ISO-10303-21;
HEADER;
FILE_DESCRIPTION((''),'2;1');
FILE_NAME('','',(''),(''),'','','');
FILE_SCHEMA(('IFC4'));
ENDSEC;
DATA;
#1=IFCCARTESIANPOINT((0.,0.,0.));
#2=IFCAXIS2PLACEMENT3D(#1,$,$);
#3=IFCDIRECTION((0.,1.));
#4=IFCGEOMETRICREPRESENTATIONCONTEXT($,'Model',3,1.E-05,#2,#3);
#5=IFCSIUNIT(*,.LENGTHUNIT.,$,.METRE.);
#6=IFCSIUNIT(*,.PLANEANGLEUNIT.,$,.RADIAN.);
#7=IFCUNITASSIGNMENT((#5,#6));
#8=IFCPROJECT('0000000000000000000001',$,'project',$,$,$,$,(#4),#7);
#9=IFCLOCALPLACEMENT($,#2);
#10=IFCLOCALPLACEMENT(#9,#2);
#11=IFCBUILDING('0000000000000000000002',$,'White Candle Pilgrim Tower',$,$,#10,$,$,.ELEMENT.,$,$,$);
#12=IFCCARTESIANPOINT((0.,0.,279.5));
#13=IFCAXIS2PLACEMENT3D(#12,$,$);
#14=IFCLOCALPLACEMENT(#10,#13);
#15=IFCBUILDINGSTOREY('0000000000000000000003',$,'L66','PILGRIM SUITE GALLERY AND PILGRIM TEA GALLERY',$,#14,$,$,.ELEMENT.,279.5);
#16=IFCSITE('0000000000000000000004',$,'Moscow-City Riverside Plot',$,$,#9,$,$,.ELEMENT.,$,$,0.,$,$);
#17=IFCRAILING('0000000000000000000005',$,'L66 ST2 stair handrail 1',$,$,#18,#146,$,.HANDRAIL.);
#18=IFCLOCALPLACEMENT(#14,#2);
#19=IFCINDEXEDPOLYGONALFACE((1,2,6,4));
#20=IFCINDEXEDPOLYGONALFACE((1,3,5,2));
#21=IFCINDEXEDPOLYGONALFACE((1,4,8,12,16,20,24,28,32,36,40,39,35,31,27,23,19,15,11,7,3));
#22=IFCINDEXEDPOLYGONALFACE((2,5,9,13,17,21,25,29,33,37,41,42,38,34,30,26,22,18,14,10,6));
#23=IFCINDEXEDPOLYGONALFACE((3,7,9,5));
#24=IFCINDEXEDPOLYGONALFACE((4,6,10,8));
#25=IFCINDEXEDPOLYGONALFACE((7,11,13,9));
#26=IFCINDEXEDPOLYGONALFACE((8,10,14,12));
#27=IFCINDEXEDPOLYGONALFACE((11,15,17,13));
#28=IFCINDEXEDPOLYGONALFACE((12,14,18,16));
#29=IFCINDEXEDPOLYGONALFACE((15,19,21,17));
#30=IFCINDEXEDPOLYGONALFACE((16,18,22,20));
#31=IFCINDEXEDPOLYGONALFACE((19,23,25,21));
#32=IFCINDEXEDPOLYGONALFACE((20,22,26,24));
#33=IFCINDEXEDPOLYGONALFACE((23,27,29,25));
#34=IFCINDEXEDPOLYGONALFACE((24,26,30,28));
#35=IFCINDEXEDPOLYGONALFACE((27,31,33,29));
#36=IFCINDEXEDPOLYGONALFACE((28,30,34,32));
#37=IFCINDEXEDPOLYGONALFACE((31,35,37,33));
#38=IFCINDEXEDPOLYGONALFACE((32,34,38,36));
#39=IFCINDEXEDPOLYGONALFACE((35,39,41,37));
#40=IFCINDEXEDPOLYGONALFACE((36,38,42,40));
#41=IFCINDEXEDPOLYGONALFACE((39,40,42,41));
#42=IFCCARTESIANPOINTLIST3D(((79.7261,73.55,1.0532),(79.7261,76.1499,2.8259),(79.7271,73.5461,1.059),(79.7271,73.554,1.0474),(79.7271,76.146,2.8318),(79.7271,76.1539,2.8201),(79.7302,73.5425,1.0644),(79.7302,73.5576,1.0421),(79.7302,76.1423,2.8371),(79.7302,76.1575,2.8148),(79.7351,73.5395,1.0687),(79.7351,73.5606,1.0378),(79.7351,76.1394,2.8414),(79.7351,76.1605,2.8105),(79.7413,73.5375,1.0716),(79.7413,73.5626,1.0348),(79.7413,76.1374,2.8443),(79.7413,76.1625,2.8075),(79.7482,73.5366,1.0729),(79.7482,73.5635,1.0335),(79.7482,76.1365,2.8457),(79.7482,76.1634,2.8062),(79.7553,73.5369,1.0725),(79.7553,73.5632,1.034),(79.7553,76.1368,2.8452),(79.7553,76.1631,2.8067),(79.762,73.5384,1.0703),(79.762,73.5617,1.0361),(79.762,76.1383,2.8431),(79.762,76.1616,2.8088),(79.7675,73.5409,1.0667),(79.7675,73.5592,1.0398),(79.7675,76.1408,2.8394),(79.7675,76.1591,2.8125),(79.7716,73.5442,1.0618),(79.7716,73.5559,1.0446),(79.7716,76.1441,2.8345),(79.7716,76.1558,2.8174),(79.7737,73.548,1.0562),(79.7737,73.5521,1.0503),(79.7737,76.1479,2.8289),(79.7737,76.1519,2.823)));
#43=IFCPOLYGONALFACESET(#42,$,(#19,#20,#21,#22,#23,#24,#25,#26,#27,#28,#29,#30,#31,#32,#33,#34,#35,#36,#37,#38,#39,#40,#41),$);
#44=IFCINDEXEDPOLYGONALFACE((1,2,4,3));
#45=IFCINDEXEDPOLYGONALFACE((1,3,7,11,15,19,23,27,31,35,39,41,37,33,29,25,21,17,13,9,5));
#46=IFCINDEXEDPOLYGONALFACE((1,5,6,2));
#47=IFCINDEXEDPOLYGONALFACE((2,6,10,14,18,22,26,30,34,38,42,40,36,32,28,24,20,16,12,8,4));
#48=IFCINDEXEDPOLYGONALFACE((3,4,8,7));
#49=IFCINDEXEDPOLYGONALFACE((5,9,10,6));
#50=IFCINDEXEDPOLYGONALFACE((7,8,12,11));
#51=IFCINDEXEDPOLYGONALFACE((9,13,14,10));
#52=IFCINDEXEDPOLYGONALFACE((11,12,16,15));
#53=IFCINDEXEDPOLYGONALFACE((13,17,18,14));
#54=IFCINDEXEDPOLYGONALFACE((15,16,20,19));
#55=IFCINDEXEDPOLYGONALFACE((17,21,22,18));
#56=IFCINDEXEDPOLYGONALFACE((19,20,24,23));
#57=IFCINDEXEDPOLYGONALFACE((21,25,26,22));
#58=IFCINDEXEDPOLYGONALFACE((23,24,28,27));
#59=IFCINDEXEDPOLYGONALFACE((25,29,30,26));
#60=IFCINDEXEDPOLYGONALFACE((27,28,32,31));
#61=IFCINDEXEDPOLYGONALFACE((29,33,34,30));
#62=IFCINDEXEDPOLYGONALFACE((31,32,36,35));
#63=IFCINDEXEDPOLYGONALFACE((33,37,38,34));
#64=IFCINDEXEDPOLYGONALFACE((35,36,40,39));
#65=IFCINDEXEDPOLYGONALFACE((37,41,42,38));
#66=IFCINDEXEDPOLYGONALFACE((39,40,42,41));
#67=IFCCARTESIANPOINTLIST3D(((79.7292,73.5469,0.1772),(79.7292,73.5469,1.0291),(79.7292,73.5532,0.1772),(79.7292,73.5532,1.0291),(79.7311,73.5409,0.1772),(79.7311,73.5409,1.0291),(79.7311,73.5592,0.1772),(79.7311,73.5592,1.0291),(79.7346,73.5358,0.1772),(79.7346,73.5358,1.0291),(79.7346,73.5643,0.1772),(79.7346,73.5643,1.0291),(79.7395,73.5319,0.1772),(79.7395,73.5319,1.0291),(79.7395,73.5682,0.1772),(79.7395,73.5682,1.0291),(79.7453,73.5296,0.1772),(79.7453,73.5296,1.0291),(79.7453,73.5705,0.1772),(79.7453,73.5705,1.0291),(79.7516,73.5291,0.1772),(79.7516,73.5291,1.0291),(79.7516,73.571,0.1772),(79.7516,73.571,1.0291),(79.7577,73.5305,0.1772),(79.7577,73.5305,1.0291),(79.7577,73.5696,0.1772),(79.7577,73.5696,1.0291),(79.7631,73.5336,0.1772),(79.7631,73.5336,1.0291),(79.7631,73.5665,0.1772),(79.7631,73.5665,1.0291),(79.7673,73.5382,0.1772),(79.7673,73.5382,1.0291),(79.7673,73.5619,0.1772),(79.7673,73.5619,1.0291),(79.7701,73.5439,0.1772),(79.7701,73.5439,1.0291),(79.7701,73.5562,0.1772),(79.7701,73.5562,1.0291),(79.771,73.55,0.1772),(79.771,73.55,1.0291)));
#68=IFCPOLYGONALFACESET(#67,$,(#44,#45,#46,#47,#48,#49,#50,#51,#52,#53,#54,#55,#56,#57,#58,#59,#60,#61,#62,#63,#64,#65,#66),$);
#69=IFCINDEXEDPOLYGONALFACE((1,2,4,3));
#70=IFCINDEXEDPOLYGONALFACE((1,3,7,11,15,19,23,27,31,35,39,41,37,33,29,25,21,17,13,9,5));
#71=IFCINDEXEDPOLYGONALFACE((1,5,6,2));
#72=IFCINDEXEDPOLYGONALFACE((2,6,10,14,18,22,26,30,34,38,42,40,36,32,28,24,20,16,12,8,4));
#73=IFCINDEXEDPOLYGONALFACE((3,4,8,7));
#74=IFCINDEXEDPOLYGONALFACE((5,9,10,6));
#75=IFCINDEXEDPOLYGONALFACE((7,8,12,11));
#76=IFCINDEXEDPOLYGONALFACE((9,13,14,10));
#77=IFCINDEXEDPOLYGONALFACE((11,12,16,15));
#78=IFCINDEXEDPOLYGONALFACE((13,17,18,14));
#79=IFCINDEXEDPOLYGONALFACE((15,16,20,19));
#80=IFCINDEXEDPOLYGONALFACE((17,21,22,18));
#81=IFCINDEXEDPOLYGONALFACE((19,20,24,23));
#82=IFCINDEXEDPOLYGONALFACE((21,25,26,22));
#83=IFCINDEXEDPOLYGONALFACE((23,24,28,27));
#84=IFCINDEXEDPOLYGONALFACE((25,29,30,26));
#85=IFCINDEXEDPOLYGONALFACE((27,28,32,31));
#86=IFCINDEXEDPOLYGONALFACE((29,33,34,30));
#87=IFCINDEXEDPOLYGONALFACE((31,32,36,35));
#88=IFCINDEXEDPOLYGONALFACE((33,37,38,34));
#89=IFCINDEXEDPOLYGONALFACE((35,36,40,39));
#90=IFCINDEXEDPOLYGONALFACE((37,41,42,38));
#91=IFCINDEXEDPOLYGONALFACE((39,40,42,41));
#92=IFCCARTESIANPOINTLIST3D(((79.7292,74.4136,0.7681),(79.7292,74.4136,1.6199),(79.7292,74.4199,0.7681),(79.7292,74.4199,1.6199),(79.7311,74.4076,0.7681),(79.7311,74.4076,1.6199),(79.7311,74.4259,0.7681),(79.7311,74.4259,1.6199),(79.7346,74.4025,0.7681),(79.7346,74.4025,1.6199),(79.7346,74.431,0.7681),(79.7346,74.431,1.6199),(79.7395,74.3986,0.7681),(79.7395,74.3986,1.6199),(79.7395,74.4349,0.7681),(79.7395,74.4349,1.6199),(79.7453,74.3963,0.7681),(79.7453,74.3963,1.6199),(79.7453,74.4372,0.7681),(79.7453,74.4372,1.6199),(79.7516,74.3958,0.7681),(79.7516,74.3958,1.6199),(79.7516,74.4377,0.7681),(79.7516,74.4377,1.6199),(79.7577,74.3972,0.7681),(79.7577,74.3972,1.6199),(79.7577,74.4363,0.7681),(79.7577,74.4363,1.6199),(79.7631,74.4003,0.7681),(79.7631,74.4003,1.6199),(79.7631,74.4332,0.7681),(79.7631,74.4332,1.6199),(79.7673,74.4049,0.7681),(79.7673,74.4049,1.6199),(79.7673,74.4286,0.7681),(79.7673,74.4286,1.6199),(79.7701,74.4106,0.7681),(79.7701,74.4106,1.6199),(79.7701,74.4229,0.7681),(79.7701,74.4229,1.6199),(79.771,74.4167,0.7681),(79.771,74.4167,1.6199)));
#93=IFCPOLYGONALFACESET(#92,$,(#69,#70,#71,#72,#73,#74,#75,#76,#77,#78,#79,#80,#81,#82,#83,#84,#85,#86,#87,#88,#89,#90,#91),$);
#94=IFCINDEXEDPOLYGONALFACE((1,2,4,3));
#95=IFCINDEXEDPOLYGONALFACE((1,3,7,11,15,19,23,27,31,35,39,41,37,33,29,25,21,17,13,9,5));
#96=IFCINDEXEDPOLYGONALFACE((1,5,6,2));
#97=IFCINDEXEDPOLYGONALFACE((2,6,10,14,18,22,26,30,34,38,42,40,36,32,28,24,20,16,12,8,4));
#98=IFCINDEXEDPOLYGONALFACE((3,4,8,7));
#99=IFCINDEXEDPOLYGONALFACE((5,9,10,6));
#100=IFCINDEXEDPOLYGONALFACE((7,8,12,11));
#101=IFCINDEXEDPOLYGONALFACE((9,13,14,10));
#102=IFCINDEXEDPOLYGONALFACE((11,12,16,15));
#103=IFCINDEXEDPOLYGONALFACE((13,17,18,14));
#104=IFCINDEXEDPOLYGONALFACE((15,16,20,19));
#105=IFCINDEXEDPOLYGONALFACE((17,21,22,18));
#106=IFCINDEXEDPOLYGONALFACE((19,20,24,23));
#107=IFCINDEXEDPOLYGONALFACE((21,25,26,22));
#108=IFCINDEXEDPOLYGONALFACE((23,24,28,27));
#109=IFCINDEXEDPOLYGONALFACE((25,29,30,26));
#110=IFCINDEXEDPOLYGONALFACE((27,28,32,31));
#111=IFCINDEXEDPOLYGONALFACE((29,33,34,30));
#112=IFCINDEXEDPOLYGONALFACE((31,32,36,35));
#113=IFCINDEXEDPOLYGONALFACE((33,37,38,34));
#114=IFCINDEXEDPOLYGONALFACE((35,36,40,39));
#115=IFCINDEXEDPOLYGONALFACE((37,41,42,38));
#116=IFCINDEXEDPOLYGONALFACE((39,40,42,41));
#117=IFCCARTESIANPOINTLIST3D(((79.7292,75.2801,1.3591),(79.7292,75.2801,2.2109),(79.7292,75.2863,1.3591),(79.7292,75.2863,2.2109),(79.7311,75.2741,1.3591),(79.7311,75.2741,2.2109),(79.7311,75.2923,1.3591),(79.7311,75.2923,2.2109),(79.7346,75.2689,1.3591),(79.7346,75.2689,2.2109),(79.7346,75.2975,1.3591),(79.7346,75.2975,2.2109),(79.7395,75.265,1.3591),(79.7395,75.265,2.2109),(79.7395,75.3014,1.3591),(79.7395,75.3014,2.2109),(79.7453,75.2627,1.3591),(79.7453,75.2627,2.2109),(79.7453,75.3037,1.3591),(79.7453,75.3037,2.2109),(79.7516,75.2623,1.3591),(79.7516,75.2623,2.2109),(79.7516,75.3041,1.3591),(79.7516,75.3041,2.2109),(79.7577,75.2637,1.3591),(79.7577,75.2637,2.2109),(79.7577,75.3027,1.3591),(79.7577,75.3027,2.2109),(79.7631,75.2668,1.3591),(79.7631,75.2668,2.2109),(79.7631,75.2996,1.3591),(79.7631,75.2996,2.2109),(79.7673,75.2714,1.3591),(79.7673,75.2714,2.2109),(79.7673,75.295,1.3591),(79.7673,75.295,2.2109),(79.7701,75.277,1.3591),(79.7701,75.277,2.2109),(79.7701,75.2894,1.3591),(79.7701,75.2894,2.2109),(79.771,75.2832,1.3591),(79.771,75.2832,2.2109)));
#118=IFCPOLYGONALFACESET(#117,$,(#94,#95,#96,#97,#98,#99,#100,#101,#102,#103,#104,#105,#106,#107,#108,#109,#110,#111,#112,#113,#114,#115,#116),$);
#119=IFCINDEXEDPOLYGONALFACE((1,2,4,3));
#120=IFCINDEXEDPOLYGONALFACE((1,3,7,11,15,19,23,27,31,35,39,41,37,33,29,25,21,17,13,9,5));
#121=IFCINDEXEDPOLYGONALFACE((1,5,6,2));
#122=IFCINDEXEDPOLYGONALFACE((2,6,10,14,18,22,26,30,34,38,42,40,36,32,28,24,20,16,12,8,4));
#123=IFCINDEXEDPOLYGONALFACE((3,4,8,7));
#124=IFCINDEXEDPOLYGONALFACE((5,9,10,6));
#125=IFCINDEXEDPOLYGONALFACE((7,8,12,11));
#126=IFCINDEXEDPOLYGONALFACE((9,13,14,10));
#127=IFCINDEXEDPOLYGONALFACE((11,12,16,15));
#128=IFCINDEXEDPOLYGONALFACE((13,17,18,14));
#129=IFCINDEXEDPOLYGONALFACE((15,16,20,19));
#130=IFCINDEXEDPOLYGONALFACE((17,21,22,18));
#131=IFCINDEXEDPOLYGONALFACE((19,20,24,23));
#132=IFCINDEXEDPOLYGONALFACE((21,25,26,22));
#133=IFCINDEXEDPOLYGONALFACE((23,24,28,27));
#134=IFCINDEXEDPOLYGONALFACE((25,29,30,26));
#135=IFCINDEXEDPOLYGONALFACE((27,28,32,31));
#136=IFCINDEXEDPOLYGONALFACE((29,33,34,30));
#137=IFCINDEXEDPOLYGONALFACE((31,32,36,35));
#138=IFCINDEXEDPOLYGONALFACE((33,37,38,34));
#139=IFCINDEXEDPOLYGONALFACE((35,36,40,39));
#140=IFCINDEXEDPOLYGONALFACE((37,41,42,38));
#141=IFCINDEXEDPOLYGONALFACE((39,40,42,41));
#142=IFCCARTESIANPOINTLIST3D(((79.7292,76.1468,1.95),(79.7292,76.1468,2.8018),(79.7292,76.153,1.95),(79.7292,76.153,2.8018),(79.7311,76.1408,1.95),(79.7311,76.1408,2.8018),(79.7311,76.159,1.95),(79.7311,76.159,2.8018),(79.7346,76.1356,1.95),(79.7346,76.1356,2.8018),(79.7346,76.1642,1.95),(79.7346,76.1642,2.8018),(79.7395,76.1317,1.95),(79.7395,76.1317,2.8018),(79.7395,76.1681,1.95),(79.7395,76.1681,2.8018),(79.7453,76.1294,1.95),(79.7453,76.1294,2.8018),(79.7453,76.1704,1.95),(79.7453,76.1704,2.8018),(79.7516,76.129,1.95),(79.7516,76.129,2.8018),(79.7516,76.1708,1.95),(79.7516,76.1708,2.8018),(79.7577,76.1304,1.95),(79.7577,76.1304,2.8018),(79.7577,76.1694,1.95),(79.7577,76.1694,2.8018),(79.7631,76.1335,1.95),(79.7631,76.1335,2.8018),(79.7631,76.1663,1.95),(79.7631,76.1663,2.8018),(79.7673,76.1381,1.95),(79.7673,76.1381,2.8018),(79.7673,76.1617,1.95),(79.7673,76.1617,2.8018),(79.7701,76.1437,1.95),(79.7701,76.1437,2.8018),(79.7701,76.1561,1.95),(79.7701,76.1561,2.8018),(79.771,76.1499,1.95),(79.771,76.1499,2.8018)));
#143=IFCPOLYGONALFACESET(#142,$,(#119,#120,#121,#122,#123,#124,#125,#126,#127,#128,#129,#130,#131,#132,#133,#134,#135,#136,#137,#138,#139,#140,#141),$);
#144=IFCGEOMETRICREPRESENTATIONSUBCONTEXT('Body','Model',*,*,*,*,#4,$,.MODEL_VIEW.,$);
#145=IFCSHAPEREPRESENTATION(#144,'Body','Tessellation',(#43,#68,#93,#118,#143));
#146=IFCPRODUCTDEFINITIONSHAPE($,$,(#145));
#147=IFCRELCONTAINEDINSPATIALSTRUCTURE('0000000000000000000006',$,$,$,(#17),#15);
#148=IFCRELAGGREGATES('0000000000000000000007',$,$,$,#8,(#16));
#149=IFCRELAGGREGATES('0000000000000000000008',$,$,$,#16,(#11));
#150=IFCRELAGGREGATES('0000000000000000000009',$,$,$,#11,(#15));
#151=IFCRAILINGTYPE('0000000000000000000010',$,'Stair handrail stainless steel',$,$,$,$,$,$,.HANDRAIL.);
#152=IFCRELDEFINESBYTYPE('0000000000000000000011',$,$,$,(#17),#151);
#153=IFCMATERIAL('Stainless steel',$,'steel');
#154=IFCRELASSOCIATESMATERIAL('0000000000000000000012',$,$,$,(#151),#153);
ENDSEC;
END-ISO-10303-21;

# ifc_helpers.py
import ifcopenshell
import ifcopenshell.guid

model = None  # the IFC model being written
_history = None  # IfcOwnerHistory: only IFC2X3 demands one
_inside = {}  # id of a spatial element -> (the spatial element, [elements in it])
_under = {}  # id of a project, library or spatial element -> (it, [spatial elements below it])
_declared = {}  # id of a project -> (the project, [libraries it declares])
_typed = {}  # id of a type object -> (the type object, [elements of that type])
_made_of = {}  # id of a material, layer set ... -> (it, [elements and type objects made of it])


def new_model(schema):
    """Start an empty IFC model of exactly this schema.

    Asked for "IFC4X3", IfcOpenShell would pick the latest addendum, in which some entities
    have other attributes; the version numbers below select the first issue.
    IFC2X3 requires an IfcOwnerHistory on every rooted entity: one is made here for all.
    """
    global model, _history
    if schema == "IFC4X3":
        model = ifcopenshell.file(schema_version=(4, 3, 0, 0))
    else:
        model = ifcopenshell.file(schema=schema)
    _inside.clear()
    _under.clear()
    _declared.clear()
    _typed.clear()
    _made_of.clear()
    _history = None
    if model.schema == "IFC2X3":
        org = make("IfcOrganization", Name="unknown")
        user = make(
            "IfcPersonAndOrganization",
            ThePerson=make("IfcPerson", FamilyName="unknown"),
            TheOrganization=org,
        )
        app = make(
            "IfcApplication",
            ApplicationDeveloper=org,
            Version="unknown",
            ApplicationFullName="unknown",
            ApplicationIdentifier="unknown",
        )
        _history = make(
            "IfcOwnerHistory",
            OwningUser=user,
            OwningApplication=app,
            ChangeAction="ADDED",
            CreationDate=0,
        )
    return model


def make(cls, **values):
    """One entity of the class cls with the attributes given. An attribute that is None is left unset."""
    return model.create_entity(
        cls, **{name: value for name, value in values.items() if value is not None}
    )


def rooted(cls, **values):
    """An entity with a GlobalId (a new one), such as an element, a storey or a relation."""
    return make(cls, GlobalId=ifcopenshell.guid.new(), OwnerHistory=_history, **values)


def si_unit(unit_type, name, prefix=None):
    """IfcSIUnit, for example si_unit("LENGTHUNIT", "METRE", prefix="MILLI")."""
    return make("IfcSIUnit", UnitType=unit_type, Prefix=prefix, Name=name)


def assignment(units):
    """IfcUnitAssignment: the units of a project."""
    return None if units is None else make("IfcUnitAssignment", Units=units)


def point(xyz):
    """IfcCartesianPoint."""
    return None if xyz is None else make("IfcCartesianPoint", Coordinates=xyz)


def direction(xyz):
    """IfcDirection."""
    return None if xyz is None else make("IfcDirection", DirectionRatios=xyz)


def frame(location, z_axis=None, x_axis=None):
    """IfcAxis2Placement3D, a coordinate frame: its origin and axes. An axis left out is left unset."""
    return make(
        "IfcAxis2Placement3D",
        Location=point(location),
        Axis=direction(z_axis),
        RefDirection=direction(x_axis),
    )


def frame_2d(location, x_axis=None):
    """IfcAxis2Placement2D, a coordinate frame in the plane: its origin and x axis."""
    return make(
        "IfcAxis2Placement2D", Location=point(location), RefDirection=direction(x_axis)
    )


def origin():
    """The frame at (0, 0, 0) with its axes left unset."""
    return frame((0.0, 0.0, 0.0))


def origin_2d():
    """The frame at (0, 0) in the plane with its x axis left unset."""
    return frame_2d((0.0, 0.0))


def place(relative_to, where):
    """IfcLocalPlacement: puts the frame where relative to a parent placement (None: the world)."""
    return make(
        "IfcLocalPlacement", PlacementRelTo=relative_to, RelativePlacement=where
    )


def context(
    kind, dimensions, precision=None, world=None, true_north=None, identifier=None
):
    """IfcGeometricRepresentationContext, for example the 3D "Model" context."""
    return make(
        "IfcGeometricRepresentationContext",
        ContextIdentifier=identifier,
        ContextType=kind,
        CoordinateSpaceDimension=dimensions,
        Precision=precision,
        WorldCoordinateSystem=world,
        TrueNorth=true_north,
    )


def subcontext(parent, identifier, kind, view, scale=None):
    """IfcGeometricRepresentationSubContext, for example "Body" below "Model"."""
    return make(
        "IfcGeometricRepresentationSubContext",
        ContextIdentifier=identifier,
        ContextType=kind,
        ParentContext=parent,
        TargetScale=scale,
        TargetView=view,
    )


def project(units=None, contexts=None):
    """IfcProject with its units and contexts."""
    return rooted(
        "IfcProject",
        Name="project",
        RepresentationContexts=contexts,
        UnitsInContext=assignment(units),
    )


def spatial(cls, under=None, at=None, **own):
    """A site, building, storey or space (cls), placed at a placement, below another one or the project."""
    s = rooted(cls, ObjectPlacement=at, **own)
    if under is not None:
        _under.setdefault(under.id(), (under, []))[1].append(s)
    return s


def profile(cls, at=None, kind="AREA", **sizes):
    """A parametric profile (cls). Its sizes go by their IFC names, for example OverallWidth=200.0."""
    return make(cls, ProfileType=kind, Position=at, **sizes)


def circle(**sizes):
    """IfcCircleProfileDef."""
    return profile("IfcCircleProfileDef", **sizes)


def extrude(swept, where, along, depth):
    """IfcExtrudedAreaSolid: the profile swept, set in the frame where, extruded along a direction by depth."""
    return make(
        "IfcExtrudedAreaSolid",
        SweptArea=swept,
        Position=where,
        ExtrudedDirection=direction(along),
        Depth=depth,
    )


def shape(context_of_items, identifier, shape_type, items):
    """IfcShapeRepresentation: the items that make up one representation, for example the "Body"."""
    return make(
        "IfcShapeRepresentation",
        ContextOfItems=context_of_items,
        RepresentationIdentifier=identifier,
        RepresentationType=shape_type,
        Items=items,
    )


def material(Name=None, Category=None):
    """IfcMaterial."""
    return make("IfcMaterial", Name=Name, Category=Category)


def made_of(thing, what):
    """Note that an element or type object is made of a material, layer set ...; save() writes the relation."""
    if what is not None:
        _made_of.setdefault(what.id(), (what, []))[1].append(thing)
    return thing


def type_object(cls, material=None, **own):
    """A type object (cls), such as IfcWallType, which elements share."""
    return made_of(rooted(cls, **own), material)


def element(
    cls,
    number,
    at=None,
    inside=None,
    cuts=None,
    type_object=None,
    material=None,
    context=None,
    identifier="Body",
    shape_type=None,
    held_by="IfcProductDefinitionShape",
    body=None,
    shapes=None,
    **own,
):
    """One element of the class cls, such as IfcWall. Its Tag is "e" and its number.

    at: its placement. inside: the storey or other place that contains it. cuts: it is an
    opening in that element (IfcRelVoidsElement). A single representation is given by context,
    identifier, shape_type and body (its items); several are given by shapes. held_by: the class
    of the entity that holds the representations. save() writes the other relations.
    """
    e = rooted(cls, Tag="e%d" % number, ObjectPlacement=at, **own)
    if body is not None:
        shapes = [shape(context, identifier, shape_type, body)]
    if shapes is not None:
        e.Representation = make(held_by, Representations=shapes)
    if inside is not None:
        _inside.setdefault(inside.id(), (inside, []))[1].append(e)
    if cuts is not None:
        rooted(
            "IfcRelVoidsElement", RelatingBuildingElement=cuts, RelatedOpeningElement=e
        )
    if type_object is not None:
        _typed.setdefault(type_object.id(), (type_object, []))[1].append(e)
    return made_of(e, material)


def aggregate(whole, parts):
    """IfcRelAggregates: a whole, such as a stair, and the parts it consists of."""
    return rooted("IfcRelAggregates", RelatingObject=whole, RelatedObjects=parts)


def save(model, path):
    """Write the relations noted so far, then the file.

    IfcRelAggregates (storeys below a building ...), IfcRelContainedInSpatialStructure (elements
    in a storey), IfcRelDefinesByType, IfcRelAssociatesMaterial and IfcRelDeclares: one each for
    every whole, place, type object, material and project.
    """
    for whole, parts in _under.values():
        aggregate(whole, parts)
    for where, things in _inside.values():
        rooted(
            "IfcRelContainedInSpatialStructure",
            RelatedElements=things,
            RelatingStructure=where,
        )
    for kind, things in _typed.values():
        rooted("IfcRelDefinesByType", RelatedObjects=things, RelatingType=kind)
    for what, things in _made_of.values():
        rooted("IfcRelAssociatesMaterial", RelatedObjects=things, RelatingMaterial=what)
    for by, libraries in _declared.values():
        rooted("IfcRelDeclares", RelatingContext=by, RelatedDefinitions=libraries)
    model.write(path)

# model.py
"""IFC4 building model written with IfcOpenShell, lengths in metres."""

from ifc_helpers import new_model, si_unit, direction, frame, origin, origin_2d, place, context, subcontext, project, spatial, circle, extrude, material, type_object, element, save


model = new_model("IFC4")

# Units and contexts
model_context = context("Model", 3, precision=1e-05, world=origin(), true_north=direction((0.0, 1.0)))
body_context = subcontext(model_context, "Body", "Model", "MODEL_VIEW")
ifc_project = project(units=[si_unit("LENGTHUNIT", "METRE"), si_unit("PLANEANGLEUNIT", "RADIAN")], contexts=[model_context])

# Site, building, storey
site_placement = place(None, origin())
site = spatial("IfcSite", under=ifc_project, at=site_placement, Name="Moscow-City Riverside Plot", CompositionType="ELEMENT", RefElevation=0.0)
building_placement = place(site_placement, origin())
building = spatial("IfcBuilding", under=site, at=building_placement, Name="White Candle Pilgrim Tower", CompositionType="ELEMENT")
storey_placement = place(building_placement, frame((0.0, 0.0, 279.5)))
storey = spatial("IfcBuildingStorey", under=building, at=storey_placement, Name="L66", Description="PILGRIM SUITE GALLERY AND PILGRIM TEA GALLERY", CompositionType="ELEMENT", Elevation=279.5)

# Railing
ifc_material_1 = material(Name="Stainless steel", Category="steel")
railing_type_1 = type_object("IfcRailingType", Name="Stair handrail stainless steel", PredefinedType="HANDRAIL", material=ifc_material_1)
railing_1_placement = place(storey_placement, frame((79.75, 73.55, 0.1772)))
element("IfcRailing", 1, at=railing_1_placement, inside=storey, type_object=railing_type_1, Name="L66 ST2 stair handrail 1", PredefinedType="HANDRAIL", context=body_context, shape_type="SweptSolid", body=[
    extrude(circle(Radius=0.0239, at=origin_2d()), frame((0.0, 0.0, 0.876), z_axis=(0.0, 0.826216, 0.563354), x_axis=(-1.0, 0.0, 0.0)), (0.0, 0.0, 1.0), 3.1467),
    extrude(circle(Radius=0.021, at=origin_2d()), origin(), (0.0, 0.0, 1.0), 0.8518),
    extrude(circle(Radius=0.021, at=origin_2d()), frame((0.0, 0.8667, 0.5908)), (0.0, 0.0, 1.0), 0.8518),
    extrude(circle(Radius=0.021, at=origin_2d()), frame((0.0, 1.7332, 1.1819)), (0.0, 0.0, 1.0), 0.8518),
    extrude(circle(Radius=0.021, at=origin_2d()), frame((0.0, 2.5999, 1.7727)), (0.0, 0.0, 1.0), 0.8518),
])

save(model, "model.ifc")
